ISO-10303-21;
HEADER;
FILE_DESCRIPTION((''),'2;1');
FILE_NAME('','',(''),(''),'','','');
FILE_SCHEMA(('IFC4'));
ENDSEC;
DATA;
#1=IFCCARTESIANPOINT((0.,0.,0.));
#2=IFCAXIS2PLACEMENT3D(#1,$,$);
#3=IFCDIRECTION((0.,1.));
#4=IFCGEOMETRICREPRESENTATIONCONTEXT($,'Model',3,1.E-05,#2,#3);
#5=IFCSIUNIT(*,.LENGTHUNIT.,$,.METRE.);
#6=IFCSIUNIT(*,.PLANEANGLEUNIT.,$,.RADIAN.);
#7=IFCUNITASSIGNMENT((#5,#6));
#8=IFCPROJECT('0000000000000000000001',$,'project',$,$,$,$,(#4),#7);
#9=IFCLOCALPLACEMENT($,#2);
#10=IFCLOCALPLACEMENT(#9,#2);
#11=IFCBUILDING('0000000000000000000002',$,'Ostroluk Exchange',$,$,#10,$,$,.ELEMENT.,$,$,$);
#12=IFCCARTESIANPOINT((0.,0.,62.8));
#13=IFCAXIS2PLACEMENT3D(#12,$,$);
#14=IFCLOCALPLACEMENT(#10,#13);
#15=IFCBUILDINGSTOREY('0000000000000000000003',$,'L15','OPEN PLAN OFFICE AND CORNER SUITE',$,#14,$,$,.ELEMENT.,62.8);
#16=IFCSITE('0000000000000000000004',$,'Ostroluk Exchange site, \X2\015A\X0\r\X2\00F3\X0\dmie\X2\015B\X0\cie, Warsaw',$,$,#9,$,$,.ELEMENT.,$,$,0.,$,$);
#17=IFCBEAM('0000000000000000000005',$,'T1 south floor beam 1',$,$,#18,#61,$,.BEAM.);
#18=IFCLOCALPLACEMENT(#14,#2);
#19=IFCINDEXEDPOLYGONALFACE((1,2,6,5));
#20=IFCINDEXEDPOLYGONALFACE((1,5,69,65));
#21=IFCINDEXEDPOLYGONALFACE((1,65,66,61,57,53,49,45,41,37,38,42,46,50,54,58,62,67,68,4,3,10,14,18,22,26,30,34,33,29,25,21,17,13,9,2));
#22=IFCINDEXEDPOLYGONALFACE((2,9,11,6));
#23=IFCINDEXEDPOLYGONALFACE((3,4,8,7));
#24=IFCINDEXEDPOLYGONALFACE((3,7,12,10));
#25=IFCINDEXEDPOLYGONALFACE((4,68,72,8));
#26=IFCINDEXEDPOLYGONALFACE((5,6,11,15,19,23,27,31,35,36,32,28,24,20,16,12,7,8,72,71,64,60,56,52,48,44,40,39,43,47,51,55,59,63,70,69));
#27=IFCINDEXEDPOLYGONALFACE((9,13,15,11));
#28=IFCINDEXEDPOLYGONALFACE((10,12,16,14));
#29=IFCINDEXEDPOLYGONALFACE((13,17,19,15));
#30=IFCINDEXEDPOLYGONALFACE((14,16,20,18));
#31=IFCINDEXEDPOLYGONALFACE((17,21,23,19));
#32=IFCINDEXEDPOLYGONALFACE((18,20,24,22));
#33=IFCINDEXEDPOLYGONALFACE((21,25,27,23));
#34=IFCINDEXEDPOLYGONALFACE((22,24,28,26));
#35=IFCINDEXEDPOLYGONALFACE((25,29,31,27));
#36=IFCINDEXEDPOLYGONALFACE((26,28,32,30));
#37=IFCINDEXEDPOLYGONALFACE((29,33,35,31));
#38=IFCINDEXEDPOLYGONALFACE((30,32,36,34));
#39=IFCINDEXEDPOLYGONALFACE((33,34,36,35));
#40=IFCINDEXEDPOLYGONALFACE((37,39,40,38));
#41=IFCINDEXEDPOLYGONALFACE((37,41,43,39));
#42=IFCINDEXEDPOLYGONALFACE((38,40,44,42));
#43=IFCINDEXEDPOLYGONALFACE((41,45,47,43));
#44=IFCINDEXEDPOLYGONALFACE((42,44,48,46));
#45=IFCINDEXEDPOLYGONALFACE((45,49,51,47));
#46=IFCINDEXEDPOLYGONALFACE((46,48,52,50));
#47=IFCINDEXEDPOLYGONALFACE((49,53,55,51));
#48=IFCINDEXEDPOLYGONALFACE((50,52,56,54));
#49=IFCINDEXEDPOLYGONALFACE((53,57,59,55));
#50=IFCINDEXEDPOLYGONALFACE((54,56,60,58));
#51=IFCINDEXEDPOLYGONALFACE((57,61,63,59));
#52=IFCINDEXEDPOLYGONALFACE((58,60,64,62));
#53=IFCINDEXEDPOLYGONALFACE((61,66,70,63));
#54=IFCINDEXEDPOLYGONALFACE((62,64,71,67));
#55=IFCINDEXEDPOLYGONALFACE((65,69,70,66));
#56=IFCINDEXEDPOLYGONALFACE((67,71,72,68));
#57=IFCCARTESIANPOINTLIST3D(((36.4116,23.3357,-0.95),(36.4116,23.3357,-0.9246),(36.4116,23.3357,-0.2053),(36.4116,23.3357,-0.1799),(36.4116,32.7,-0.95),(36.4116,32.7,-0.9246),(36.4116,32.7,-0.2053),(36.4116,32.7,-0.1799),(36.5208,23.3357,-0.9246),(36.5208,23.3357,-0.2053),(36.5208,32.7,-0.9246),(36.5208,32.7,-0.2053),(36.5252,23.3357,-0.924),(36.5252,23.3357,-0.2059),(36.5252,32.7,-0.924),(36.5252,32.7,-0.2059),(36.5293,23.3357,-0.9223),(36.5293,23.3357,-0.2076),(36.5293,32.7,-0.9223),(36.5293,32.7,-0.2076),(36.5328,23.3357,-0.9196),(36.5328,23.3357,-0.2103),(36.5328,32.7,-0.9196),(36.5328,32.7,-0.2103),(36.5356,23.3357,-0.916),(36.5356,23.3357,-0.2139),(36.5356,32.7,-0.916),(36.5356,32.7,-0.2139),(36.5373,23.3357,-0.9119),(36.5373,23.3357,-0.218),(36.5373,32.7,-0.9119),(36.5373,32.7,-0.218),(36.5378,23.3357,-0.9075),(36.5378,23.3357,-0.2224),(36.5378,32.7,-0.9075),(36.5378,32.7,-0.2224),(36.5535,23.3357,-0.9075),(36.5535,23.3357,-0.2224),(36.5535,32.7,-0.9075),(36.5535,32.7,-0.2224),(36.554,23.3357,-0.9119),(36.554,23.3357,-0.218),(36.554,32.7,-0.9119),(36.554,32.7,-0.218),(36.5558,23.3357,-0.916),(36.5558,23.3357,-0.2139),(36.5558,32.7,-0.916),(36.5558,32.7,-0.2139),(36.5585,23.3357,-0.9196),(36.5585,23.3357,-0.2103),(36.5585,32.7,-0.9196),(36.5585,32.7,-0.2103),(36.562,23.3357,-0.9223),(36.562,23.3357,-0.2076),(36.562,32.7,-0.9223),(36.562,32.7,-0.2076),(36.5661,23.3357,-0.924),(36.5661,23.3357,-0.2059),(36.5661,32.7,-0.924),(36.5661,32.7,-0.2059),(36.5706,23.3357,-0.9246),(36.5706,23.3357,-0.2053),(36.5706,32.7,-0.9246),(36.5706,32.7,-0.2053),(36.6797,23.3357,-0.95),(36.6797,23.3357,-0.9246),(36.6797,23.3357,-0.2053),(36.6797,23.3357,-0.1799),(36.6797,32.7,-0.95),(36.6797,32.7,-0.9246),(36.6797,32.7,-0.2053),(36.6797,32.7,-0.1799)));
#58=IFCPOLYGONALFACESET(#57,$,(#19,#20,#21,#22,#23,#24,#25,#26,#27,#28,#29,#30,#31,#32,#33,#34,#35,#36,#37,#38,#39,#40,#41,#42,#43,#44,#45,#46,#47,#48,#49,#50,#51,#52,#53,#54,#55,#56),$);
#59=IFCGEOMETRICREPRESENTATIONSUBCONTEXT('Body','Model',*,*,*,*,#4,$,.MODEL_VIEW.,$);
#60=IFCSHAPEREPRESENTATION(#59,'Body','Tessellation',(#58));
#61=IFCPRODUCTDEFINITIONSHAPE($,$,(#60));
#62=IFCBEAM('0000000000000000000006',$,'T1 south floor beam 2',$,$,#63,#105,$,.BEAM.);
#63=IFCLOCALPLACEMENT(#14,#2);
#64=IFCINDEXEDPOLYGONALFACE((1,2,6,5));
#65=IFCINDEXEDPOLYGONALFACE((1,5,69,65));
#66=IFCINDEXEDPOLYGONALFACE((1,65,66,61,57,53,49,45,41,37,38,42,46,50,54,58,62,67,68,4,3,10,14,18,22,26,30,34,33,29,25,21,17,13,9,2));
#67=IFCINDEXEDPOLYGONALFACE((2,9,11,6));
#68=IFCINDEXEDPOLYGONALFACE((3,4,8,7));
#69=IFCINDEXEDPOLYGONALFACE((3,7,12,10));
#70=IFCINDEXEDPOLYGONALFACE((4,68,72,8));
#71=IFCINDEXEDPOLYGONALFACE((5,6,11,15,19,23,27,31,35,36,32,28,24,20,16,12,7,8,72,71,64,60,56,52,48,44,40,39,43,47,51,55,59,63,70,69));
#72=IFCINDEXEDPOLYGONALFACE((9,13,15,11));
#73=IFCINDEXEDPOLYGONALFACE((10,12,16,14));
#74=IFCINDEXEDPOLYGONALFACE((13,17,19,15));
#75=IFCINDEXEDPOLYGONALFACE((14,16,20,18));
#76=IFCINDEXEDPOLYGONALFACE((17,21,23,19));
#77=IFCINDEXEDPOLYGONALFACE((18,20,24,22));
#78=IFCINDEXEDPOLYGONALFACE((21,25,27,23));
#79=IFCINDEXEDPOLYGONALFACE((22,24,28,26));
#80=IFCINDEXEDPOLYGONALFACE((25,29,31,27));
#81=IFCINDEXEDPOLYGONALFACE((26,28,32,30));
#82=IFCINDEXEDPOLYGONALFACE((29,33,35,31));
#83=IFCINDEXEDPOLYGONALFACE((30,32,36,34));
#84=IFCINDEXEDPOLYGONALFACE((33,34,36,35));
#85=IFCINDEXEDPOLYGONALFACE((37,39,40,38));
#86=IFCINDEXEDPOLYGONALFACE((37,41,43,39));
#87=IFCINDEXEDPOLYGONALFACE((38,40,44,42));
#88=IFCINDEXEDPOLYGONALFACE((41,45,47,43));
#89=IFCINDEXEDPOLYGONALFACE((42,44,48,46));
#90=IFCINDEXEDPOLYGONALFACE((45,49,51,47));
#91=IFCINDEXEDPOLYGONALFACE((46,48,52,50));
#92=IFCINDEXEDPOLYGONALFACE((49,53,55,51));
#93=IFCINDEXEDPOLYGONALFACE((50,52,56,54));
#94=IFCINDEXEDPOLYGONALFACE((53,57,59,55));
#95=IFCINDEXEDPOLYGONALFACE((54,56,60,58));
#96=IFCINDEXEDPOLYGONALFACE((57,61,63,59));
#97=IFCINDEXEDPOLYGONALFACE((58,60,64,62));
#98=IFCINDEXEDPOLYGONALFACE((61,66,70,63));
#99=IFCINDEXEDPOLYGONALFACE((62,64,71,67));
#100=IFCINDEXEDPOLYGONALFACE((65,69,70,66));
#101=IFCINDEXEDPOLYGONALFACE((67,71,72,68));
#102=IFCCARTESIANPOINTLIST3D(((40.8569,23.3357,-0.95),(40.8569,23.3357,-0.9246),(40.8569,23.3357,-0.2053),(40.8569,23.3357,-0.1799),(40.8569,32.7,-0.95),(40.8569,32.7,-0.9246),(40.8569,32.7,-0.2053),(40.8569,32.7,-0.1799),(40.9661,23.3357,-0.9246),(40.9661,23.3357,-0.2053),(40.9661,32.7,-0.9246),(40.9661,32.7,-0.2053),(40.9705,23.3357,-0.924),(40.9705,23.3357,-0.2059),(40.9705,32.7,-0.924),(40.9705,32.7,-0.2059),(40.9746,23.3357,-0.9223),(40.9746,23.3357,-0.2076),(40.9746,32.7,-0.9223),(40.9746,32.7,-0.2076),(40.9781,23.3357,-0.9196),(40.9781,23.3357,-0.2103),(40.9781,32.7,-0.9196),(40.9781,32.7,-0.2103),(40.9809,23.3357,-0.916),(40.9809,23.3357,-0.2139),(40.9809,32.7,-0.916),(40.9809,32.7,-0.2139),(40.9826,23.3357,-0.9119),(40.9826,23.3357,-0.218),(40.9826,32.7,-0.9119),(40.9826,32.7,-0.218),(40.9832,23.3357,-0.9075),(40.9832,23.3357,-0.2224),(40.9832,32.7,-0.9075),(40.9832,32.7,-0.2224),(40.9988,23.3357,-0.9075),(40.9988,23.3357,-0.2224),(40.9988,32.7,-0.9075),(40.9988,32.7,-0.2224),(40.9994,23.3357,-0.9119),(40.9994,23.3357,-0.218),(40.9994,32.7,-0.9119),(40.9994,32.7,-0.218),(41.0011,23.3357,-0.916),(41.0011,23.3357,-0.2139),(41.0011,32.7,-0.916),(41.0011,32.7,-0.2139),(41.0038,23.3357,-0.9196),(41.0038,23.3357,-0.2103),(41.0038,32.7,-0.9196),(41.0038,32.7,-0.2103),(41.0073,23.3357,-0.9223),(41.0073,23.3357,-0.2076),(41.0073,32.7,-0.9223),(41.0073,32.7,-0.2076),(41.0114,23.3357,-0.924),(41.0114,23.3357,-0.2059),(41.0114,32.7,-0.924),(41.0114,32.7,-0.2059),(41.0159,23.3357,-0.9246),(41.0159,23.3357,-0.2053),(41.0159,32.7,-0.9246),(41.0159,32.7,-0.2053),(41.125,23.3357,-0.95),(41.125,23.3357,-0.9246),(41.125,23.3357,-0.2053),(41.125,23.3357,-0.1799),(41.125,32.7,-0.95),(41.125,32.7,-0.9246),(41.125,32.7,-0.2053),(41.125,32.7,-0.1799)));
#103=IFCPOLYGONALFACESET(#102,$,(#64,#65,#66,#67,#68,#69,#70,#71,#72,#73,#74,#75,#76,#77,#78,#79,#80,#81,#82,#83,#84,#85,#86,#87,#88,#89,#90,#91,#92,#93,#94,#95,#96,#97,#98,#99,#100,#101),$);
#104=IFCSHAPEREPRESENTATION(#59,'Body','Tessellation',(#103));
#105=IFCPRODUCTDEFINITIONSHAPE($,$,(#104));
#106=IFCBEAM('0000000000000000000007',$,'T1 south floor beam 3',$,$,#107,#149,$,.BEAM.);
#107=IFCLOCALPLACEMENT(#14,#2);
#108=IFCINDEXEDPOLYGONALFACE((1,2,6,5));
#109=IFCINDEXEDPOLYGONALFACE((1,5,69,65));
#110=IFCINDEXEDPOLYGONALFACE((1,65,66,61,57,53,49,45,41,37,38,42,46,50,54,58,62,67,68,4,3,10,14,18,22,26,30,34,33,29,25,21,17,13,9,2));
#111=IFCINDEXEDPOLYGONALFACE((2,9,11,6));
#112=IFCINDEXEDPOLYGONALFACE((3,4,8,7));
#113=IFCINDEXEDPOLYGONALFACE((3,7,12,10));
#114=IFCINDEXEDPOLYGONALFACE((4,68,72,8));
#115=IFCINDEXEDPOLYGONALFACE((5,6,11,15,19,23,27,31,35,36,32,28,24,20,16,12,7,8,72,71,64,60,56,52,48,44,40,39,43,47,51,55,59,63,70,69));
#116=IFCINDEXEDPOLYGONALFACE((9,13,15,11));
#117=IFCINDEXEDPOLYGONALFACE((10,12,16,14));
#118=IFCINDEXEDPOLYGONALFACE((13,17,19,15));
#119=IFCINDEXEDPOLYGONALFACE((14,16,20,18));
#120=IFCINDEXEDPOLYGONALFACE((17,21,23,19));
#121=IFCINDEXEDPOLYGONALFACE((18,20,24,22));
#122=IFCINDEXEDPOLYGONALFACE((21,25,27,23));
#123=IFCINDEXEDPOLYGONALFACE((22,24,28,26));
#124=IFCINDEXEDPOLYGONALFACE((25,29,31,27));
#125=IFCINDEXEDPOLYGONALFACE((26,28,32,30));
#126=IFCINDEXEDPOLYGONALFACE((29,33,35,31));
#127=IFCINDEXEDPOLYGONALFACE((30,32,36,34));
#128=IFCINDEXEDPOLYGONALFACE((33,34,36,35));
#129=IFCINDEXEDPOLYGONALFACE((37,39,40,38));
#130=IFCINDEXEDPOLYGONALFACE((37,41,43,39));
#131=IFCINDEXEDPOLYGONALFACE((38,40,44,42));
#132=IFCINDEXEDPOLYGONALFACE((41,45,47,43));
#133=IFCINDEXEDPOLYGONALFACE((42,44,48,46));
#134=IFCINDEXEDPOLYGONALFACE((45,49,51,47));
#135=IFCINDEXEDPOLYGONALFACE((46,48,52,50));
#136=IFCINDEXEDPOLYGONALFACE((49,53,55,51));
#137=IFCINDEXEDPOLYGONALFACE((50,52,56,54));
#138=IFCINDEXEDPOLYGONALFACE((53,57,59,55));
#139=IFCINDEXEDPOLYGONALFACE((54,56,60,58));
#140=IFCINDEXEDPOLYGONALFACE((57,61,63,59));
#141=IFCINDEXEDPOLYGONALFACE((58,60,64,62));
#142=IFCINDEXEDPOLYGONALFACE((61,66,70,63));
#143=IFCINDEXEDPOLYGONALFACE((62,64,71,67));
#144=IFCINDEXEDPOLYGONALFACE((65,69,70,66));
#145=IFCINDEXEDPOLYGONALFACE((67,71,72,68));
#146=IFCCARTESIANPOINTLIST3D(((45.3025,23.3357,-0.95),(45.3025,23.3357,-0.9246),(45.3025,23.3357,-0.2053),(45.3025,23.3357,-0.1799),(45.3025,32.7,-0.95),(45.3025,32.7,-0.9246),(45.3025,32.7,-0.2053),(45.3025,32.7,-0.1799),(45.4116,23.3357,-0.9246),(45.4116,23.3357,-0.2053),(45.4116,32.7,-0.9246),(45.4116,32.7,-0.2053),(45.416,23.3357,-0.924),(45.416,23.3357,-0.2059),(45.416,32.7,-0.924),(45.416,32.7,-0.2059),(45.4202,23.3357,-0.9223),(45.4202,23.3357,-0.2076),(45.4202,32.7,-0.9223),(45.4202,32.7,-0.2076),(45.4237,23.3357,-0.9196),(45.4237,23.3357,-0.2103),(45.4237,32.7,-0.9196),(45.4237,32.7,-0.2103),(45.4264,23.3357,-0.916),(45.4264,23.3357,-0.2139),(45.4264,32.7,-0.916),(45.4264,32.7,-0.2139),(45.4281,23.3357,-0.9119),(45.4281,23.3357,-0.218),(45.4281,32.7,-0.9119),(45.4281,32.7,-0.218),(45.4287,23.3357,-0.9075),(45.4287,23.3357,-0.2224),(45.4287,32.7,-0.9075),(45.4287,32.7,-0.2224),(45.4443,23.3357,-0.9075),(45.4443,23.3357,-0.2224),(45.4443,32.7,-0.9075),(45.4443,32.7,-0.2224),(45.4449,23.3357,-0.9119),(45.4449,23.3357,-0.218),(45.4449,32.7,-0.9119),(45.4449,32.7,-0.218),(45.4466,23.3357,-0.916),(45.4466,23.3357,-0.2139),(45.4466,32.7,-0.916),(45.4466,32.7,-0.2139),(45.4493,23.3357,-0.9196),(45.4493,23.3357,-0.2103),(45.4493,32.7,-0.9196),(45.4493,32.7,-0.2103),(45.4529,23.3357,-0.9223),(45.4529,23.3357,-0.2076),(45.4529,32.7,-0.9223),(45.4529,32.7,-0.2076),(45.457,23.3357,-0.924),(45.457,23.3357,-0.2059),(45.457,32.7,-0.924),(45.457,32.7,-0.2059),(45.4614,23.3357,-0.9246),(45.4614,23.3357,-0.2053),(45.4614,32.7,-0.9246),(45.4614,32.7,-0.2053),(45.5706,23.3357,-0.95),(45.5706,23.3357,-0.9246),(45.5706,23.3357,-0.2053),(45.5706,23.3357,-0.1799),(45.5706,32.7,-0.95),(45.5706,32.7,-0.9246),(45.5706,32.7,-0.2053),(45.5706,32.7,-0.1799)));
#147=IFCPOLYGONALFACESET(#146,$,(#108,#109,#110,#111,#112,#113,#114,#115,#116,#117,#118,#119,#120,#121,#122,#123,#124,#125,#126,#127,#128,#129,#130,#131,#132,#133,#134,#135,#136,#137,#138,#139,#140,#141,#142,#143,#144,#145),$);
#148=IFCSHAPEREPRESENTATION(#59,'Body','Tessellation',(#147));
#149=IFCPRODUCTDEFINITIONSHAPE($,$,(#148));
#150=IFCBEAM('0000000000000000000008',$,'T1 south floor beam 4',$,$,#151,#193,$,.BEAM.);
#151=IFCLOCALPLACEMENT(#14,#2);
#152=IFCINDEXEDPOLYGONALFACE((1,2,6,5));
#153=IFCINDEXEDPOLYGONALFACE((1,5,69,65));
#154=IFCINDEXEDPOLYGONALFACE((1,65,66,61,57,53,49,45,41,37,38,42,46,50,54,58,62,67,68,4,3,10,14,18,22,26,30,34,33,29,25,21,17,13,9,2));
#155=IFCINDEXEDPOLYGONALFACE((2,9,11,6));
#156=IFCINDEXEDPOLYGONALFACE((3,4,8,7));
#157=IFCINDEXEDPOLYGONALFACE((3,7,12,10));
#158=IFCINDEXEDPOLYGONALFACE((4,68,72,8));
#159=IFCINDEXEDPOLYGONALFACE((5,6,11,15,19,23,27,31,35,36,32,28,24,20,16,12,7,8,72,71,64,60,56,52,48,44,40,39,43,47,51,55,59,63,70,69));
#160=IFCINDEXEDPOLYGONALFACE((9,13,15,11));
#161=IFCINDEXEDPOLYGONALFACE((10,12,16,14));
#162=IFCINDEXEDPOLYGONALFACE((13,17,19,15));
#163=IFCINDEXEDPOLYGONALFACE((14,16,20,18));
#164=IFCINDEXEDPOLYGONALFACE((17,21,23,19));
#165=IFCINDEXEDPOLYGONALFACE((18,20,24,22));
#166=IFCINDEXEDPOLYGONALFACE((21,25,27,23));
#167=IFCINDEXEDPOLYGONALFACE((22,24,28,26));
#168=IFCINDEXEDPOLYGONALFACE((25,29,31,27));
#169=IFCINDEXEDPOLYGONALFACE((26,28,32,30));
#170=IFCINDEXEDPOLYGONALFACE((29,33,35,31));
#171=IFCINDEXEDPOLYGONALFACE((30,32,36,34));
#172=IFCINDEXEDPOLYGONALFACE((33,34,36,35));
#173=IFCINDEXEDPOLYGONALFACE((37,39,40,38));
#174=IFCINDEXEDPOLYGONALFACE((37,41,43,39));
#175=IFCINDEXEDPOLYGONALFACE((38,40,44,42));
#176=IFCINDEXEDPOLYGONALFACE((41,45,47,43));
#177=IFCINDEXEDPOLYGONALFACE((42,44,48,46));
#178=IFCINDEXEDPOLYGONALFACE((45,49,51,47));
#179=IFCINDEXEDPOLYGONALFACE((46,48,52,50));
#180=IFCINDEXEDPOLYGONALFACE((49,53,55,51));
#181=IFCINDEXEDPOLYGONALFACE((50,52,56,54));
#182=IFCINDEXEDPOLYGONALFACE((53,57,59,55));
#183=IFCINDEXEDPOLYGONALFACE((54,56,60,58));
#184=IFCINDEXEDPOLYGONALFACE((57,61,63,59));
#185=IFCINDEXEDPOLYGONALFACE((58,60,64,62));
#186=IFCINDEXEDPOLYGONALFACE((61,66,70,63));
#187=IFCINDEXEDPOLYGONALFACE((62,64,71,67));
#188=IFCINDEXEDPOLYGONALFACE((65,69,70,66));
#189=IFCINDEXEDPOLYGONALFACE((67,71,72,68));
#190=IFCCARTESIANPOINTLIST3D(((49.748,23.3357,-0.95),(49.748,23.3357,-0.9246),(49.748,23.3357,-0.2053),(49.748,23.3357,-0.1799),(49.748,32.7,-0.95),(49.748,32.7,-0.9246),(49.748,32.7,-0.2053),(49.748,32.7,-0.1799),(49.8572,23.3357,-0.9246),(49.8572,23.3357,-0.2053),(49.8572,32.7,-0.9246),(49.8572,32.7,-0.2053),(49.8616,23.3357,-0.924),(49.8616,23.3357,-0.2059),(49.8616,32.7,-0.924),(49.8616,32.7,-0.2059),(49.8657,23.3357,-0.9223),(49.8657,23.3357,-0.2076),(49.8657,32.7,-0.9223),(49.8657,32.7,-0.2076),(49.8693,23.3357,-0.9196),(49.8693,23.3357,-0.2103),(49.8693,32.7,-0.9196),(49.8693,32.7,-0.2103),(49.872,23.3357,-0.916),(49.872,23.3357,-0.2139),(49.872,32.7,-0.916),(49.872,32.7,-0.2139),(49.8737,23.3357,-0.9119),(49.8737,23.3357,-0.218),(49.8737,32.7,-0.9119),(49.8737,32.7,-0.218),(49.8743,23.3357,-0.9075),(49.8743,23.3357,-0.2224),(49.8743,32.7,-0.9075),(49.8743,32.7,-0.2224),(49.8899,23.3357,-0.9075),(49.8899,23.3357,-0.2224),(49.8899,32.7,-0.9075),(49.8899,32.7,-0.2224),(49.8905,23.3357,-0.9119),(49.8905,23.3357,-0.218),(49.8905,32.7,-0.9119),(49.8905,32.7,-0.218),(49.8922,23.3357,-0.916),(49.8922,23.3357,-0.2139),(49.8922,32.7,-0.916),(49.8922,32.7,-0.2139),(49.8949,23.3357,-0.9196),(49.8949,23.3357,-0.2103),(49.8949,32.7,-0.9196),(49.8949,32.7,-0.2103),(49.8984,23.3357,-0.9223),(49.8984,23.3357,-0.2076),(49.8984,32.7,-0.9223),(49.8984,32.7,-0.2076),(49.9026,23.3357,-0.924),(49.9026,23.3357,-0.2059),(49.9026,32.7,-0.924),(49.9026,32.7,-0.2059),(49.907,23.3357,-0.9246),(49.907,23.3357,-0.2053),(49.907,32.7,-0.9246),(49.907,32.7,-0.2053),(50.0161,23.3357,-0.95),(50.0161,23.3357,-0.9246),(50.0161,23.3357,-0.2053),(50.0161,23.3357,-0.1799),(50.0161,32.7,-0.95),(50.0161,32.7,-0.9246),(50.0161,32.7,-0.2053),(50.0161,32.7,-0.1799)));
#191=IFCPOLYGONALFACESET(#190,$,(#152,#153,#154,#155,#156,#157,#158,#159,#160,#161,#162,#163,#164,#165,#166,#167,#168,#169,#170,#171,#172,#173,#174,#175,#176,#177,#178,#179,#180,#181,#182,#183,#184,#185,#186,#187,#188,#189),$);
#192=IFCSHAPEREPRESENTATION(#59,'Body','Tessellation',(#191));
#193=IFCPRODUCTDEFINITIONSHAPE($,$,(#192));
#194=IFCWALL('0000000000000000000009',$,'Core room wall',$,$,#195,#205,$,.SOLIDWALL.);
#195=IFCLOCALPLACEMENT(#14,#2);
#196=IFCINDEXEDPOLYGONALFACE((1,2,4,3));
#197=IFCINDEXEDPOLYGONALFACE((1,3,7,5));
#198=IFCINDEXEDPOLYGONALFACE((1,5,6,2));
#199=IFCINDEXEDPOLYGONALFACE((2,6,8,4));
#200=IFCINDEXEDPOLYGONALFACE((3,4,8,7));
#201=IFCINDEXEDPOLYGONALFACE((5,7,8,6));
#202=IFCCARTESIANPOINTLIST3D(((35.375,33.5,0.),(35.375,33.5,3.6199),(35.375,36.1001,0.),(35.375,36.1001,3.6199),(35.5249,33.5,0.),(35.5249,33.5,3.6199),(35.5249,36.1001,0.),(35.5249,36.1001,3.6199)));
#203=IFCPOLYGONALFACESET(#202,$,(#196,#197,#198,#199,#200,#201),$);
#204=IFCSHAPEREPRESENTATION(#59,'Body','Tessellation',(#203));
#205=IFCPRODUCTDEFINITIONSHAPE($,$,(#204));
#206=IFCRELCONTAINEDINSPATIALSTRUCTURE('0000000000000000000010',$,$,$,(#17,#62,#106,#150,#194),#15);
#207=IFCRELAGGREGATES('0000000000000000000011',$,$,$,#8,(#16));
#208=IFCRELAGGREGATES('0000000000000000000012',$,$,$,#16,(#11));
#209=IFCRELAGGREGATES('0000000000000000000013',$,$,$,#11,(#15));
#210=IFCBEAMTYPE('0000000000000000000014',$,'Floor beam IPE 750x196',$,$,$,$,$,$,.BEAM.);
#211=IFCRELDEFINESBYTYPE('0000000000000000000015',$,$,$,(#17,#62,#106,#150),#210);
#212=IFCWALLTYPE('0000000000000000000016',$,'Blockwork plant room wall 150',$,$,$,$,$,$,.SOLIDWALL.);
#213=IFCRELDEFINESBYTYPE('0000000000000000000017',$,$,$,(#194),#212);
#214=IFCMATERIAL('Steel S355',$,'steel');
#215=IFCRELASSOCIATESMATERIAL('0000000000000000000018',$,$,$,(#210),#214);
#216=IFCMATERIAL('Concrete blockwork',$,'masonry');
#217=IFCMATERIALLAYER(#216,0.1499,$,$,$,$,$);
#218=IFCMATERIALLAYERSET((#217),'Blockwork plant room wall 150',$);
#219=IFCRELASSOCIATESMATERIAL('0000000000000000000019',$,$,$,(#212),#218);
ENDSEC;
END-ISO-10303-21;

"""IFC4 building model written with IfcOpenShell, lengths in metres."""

from ifc_helpers import new_model, si_unit, direction, frame, frame_2d, origin, origin_2d, place, context, subcontext, project, spatial, rectangle, i_section, extrude, material, layer, layer_set, material_profile, profile_set, type_object, element, save


model = new_model("IFC4")

# Units and contexts
model_context = context("Model", 3, precision=1e-05, world=origin(), true_north=direction((0.0, 1.0)))
body_context = subcontext(model_context, "Body", "Model", "MODEL_VIEW")
ifc_project = project(units=[si_unit("LENGTHUNIT", "METRE"), si_unit("PLANEANGLEUNIT", "RADIAN")], contexts=[model_context])

# Site, building, storey
site_placement = place(None, origin())
site = spatial("IfcSite", under=ifc_project, at=site_placement, Name="Ostroluk Exchange site, Śródmieście, Warsaw", CompositionType="ELEMENT", RefElevation=0.0)
building_placement = place(site_placement, origin())
building = spatial("IfcBuilding", under=site, at=building_placement, Name="Ostroluk Exchange", CompositionType="ELEMENT")
storey_placement = place(building_placement, frame((0.0, 0.0, 62.8)))
storey = spatial("IfcBuildingStorey", under=building, at=storey_placement, Name="L15", Description="OPEN PLAN OFFICE AND CORNER SUITE", CompositionType="ELEMENT", Elevation=62.8)

# Beams
ifc_material_1 = material(Name="Steel S355", Category="steel")
ifc_material_profile = material_profile(ifc_material_1, i_section(OverallWidth=0.2681, OverallDepth=0.77, WebThickness=0.0156, FlangeThickness=0.0254, FilletRadius=0.0171, at=origin_2d()), Name="IPE 750x196")
ifc_profile_set = profile_set([ifc_material_profile], Name="Steel S355")
beam_type = type_object("IfcBeamType", Name="Floor beam IPE 750x196", PredefinedType="BEAM", material=ifc_profile_set)
for number, where, z_axis, x_axis, name in (
    (1, (36.5457, 32.7, -0.5649), (0.0, -1.0, 0.0), (1.0, 0.0, 0.0), "T1 south floor beam 1"),
    (2, (40.991, 32.7, -0.5649), (0.0, -1.0, 0.0), (1.0, 0.0, 0.0), "T1 south floor beam 2"),
    (3, (45.4365, 32.7, -0.5649), (0.0, -1.0, 0.0), (1.0, 0.0, 0.0), "T1 south floor beam 3"),
    (4, (49.8821, 32.7, -0.5649), (0.0, -1.0, 0.0), (1.0, 0.0, 0.0), "T1 south floor beam 4"),
):
    element("IfcBeam", number, at=place(storey_placement, frame(where, z_axis=z_axis, x_axis=x_axis)), inside=storey, type_object=beam_type, Name=name, PredefinedType="BEAM", context=body_context, shape_type="SweptSolid", body=[
        extrude(i_section(OverallWidth=0.2681, OverallDepth=0.77, WebThickness=0.0156, FlangeThickness=0.0254, FilletRadius=0.0171, at=origin_2d()), origin(), (0.0, 0.0, 1.0), 9.3643),
    ])

# Wall
ifc_material_2 = material(Name="Concrete blockwork", Category="masonry")
ifc_layer_1 = layer(ifc_material_2, 0.1499)
ifc_layer_set_1 = layer_set([ifc_layer_1], Name="Blockwork plant room wall 150")
wall_type_1 = type_object("IfcWallType", Name="Blockwork plant room wall 150", PredefinedType="SOLIDWALL", material=ifc_layer_set_1)
wall_1_placement = place(storey_placement, frame((35.45, 33.5, 0.0), z_axis=(0.0, 0.0, 1.0), x_axis=(0.0, 1.0, 0.0)))
element("IfcWall", 5, at=wall_1_placement, inside=storey, type_object=wall_type_1, Name="Core room wall", PredefinedType="SOLIDWALL", context=body_context, shape_type="SweptSolid", body=[
    extrude(rectangle(XDim=2.6001, YDim=0.1499, at=frame_2d((1.3, 0.0))), origin(), (0.0, 0.0, 1.0), 3.6199),
])

save(model, "model.ifc")
